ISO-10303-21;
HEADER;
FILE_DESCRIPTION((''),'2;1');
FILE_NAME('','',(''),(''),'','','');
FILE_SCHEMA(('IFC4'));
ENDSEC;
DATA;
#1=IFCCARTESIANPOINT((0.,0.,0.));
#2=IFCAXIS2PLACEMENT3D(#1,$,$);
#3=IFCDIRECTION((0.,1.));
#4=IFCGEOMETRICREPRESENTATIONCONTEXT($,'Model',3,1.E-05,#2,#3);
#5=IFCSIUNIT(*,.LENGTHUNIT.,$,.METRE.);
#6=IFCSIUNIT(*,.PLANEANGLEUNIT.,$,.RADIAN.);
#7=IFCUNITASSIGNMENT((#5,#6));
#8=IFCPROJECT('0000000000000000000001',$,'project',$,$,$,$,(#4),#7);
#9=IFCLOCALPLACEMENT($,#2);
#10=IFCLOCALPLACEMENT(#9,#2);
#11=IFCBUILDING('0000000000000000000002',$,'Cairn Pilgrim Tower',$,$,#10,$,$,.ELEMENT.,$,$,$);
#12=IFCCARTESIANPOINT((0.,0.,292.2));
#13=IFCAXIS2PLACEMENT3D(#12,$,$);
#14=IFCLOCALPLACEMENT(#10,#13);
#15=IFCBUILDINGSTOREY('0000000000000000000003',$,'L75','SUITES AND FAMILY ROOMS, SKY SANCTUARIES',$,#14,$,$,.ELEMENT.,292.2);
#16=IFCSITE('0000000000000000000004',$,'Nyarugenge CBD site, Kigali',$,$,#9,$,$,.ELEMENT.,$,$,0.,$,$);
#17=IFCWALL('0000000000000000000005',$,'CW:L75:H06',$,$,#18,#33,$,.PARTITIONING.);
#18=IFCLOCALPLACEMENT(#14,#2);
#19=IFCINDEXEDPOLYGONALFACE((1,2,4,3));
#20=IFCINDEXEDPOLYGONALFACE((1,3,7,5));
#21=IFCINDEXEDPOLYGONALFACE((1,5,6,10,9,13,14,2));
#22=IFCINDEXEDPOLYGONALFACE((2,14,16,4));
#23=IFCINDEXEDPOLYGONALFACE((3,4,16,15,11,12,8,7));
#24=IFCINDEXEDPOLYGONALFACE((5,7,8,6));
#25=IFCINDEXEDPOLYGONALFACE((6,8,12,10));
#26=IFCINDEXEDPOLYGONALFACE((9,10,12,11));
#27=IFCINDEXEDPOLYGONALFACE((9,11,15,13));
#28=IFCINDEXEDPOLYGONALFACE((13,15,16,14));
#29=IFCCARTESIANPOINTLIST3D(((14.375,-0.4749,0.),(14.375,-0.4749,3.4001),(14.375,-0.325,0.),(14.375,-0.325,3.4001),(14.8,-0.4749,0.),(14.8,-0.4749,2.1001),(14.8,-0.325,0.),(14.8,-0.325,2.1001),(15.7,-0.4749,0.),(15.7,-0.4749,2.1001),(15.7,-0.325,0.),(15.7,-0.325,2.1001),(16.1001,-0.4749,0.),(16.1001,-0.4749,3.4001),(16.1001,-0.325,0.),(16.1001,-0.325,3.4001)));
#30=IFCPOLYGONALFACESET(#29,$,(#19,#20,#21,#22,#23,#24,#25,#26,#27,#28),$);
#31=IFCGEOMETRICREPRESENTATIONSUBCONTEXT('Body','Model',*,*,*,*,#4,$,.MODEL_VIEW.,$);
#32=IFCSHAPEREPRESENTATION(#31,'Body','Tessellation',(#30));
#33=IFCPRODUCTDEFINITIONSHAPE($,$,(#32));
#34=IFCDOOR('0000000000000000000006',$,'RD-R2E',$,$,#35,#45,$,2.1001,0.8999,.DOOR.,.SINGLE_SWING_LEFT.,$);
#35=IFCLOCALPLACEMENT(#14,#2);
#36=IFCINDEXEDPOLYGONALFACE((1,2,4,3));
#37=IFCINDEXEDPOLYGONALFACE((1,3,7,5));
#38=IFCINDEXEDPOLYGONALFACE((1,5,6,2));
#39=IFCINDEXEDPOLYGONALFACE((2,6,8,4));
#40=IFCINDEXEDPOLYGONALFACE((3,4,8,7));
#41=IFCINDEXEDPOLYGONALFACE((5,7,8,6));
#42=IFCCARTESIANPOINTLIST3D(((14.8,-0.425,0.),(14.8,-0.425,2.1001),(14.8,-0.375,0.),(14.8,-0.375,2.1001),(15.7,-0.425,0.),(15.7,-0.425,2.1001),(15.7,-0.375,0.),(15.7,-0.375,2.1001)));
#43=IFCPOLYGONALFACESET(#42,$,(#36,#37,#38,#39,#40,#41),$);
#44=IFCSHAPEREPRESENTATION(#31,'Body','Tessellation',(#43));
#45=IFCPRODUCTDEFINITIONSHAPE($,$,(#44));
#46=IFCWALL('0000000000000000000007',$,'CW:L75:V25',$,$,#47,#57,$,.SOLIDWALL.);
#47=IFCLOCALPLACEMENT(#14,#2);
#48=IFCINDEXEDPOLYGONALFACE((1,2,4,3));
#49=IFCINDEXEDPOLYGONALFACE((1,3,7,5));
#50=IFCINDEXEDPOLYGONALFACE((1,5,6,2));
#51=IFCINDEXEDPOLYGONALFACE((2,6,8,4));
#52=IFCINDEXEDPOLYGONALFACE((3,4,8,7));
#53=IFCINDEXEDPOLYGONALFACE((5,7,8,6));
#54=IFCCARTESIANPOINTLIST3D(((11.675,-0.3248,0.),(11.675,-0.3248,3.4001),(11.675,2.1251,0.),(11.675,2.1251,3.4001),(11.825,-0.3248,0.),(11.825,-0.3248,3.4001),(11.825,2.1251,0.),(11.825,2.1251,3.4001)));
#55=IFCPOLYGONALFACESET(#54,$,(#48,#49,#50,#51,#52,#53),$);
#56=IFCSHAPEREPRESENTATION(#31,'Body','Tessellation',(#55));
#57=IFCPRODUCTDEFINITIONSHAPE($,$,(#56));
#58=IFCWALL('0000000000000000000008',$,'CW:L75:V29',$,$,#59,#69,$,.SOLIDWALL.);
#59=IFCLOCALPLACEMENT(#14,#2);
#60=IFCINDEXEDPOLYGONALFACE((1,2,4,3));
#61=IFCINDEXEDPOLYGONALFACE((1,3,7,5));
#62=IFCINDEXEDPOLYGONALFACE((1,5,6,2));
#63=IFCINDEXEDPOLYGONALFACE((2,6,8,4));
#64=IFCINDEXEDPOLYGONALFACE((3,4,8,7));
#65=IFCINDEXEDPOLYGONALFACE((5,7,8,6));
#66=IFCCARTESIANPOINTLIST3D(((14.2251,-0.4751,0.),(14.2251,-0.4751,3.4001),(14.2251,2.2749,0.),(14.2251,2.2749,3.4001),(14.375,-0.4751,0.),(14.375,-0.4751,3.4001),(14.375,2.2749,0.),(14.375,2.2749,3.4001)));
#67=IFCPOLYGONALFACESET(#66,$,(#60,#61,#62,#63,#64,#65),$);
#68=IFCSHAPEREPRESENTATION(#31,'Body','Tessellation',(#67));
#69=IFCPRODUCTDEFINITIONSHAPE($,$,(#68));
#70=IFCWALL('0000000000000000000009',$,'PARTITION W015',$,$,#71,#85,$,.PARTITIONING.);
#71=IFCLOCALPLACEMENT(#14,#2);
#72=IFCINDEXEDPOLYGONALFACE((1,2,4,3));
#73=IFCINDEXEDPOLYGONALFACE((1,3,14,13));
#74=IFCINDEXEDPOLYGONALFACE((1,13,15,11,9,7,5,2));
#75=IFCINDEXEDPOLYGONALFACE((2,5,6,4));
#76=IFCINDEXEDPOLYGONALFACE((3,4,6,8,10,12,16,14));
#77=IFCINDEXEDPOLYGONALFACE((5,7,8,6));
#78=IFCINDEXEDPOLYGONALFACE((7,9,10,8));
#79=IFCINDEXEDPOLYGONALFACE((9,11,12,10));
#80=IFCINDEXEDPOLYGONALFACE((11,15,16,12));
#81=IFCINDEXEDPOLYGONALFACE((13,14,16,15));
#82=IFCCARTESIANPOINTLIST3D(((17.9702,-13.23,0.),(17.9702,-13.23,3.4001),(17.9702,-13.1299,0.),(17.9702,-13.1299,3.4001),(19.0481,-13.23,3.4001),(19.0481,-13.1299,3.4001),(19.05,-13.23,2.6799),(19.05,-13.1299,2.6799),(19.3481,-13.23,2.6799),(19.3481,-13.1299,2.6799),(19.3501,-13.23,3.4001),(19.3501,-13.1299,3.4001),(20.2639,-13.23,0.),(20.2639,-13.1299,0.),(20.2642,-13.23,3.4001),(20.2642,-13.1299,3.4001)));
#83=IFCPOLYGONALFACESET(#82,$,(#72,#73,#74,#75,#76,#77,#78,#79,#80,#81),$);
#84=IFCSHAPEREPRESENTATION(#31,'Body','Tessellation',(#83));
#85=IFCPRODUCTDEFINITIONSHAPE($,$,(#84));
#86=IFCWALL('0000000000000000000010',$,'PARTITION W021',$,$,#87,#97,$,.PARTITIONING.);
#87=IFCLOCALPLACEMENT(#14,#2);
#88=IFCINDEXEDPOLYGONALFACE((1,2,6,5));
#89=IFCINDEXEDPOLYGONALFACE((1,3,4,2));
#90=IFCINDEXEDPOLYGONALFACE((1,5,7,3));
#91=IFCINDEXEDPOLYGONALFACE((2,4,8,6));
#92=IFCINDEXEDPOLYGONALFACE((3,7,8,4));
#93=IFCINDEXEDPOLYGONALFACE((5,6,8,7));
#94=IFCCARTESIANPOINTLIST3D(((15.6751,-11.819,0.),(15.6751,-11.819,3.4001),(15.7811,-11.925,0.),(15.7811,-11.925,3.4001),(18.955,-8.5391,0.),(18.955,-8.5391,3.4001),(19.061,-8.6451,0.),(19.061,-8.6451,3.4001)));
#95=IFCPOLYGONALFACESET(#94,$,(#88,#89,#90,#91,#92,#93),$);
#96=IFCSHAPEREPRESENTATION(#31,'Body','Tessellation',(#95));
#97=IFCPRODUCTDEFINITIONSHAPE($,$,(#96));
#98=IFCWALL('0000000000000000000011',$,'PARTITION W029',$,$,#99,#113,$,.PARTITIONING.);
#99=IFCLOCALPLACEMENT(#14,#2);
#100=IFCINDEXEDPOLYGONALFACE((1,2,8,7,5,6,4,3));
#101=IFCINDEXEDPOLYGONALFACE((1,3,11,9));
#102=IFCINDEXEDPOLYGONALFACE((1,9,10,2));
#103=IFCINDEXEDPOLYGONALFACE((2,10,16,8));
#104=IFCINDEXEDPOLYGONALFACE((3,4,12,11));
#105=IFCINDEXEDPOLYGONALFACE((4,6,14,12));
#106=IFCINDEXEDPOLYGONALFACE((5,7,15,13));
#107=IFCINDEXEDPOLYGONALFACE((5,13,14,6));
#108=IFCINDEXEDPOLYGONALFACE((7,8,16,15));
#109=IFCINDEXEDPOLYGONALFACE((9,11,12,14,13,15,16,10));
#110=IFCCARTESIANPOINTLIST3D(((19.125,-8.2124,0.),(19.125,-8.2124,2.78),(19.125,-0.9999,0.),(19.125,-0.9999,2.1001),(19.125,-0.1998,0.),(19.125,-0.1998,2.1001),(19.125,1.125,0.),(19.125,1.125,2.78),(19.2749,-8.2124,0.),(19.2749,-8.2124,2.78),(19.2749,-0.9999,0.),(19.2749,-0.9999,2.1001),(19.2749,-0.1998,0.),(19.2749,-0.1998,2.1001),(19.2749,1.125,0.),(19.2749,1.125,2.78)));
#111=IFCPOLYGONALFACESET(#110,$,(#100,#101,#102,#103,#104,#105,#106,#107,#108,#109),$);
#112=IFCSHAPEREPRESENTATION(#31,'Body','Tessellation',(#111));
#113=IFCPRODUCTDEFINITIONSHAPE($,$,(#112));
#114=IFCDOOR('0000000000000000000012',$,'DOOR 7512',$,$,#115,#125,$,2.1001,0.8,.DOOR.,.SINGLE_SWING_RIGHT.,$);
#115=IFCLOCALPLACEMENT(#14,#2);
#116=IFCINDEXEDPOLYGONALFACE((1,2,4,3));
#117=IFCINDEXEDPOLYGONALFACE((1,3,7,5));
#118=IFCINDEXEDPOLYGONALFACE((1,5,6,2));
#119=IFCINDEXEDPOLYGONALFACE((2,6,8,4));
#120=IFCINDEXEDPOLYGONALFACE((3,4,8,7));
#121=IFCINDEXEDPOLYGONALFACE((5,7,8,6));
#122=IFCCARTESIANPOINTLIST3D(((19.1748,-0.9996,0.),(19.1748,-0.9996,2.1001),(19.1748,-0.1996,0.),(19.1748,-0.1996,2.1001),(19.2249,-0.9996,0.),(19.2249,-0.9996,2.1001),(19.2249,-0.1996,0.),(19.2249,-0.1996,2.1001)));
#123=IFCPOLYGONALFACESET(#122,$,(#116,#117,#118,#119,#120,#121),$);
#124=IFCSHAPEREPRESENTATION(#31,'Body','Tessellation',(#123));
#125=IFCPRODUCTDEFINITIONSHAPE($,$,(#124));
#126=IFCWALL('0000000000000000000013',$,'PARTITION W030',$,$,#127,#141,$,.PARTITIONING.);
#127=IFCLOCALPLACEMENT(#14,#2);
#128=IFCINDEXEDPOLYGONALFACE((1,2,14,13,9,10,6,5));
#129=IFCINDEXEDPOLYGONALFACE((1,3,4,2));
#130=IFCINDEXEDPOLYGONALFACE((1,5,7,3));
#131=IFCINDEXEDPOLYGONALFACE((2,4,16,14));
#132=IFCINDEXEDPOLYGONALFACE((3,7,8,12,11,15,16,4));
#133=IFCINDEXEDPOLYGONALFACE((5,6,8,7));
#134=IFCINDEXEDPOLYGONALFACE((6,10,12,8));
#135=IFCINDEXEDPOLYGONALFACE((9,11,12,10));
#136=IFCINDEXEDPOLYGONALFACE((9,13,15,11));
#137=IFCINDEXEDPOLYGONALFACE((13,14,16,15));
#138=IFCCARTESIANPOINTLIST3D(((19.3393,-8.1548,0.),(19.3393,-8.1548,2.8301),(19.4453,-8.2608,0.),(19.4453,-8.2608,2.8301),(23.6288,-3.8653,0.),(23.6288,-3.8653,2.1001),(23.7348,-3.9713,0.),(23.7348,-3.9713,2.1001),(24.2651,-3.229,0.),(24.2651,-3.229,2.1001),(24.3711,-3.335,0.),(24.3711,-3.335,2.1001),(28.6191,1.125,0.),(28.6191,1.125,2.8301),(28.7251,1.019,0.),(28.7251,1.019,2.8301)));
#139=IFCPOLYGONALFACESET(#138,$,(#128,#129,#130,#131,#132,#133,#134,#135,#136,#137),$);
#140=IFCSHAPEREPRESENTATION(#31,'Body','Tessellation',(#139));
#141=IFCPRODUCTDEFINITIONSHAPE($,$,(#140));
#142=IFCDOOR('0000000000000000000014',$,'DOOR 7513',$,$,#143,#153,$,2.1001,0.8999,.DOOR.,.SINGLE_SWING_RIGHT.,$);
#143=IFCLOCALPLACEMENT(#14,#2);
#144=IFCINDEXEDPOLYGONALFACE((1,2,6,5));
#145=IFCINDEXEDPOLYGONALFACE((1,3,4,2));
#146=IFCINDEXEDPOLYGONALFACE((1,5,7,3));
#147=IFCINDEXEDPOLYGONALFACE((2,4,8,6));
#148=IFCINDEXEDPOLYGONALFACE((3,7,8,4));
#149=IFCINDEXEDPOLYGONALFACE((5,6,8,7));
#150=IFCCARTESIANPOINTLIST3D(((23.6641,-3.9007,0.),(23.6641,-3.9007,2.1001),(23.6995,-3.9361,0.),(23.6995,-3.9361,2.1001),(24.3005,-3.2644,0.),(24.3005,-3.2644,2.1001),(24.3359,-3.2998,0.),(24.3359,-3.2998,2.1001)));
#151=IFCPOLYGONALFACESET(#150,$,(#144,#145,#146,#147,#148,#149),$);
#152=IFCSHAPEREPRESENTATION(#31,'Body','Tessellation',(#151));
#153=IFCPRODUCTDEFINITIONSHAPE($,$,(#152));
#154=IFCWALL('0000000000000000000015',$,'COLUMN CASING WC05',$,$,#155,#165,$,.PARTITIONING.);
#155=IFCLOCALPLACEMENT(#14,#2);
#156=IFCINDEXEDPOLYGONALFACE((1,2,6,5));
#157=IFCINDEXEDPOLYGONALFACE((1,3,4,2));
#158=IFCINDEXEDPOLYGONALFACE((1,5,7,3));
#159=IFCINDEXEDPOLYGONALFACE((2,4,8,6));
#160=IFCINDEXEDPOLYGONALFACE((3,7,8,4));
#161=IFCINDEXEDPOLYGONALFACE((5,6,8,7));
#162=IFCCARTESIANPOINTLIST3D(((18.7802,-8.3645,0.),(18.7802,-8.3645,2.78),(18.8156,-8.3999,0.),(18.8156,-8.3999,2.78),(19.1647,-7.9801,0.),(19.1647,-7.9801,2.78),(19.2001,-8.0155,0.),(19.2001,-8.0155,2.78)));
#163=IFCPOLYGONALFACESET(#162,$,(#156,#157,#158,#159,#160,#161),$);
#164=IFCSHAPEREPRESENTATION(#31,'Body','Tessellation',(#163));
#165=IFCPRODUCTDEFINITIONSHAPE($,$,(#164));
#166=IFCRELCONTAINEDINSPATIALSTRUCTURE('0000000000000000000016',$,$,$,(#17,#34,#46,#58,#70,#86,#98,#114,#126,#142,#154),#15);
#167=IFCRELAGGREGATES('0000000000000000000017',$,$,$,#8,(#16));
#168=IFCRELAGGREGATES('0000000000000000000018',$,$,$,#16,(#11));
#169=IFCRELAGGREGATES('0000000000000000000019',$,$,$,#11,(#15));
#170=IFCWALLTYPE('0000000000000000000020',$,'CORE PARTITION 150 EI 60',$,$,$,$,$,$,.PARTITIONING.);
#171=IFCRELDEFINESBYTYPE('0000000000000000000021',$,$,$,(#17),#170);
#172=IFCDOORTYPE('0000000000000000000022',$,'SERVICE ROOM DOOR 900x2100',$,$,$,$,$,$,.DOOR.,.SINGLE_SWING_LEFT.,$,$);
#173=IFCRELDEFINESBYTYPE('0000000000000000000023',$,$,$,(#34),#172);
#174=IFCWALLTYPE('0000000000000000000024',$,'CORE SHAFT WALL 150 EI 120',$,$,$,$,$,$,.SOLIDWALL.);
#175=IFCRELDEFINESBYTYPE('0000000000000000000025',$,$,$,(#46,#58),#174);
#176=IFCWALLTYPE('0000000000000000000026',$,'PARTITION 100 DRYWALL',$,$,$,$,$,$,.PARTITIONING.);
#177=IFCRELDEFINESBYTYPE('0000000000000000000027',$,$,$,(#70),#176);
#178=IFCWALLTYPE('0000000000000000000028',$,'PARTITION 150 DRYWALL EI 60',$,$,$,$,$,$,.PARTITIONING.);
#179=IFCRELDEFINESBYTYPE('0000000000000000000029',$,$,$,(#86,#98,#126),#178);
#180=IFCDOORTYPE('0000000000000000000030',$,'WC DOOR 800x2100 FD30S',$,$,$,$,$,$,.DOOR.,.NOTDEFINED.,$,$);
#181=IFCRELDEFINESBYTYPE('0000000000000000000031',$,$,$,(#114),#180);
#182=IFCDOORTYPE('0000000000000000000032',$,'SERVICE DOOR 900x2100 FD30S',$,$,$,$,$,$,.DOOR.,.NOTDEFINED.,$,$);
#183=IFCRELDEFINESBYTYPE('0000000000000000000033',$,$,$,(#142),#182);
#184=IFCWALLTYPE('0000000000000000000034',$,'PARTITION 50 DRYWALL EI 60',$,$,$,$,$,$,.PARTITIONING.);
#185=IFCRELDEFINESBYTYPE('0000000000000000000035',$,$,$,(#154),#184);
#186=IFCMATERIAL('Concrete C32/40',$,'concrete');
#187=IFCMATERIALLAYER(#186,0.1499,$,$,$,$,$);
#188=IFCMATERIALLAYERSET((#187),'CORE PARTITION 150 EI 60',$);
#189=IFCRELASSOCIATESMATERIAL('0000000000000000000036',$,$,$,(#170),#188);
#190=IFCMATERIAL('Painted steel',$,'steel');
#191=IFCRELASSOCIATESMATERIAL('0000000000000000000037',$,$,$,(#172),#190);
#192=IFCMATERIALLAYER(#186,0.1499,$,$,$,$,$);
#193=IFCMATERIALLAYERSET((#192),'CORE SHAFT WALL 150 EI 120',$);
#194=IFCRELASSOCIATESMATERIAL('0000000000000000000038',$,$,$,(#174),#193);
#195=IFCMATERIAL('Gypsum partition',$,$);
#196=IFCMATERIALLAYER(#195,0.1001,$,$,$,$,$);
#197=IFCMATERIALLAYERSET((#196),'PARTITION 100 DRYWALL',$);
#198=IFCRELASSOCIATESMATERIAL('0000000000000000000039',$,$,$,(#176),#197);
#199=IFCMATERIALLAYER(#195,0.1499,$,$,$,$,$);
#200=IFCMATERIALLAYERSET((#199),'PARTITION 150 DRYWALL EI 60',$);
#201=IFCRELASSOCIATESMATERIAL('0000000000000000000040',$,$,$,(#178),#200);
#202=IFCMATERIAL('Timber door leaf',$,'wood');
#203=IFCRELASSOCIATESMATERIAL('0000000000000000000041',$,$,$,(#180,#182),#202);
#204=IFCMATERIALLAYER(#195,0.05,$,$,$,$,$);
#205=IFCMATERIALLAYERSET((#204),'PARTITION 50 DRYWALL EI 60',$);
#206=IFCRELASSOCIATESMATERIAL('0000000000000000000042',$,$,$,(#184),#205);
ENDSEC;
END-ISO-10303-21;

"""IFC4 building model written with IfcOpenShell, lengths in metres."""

from ifc_helpers import new_model, si_unit, direction, frame, frame_2d, origin, place, context, subcontext, project, spatial, polyline, rectangle, outline, extrude, material, layer, layer_set, type_object, element, fill, save


model = new_model("IFC4")

# Units and contexts
model_context = context("Model", 3, precision=1e-05, world=origin(), true_north=direction((0.0, 1.0)))
body_context = subcontext(model_context, "Body", "Model", "MODEL_VIEW")
ifc_project = project(units=[si_unit("LENGTHUNIT", "METRE"), si_unit("PLANEANGLEUNIT", "RADIAN")], contexts=[model_context])

# Site, building, storey
site_placement = place(None, origin())
site = spatial("IfcSite", under=ifc_project, at=site_placement, Name="Nyarugenge CBD site, Kigali", CompositionType="ELEMENT", RefElevation=0.0)
building_placement = place(site_placement, origin())
building = spatial("IfcBuilding", under=site, at=building_placement, Name="Cairn Pilgrim Tower", CompositionType="ELEMENT")
storey_placement = place(building_placement, frame((0.0, 0.0, 292.2)))
storey = spatial("IfcBuildingStorey", under=building, at=storey_placement, Name="L75", Description="SUITES AND FAMILY ROOMS, SKY SANCTUARIES", CompositionType="ELEMENT", Elevation=292.2)

# Shared definitions
ifc_material_1 = material(Name="Concrete C32/40", Category="concrete")

# Shared definitions
ifc_material_2 = material(Name="Painted steel", Category="steel")

# Wall, opening, door
ifc_layer_1 = layer(ifc_material_1, 0.1499)
ifc_layer_set_1 = layer_set([ifc_layer_1], Name="CORE PARTITION 150 EI 60")
wall_type_1 = type_object("IfcWallType", Name="CORE PARTITION 150 EI 60", PredefinedType="PARTITIONING", material=ifc_layer_set_1)
wall_1_placement = place(storey_placement, frame((14.375, -0.3999, 0.0), z_axis=(0.0, 0.0, 1.0), x_axis=(1.0, 0.0, 0.0)))
wall_1 = element("IfcWall", 1, at=wall_1_placement, inside=storey, type_object=wall_type_1, Name="CW:L75:H06", PredefinedType="PARTITIONING", context=body_context, shape_type="SweptSolid", body=[
    extrude(rectangle(XDim=1.7251, YDim=0.1499, at=frame_2d((0.8625, 0.0))), origin(), (0.0, 0.0, 1.0), 3.4001),
])
opening_1_placement = place(wall_1_placement, frame((0.425, 0.0, 0.0)))
opening_1 = element("IfcOpeningElement", 2, at=opening_1_placement, cuts=wall_1, PredefinedType="OPENING", context=body_context, shape_type="SweptSolid", body=[
    extrude(rectangle(XDim=0.8999, YDim=2.1001, at=frame_2d((0.45, 1.05))), frame((0.0, 0.085, 0.0), z_axis=(0.0, -1.0, 0.0), x_axis=(1.0, 0.0, 0.0)), (0.0, 0.0, 1.0), 0.1699),
])
door_type_1 = type_object("IfcDoorType", Name="SERVICE ROOM DOOR 900x2100", OperationType="SINGLE_SWING_LEFT", PredefinedType="DOOR", material=ifc_material_2)
door_1_placement = place(opening_1_placement, origin())
door_1 = element("IfcDoor", 3, at=door_1_placement, inside=storey, type_object=door_type_1, Name="RD-R2E", OperationType="SINGLE_SWING_LEFT", OverallHeight=2.1001, OverallWidth=0.8999, PredefinedType="DOOR", context=body_context, shape_type="SweptSolid", body=[
    extrude(rectangle(XDim=0.8999, YDim=2.1001, at=frame_2d((0.45, 1.05))), frame((0.0, 0.0249, 0.0), z_axis=(0.0, -1.0, 0.0), x_axis=(1.0, 0.0, 0.0)), (0.0, 0.0, 1.0), 0.05),
])
fill(opening_1, door_1)

# Walls
ifc_layer_2 = layer(ifc_material_1, 0.1499)
ifc_layer_set_2 = layer_set([ifc_layer_2], Name="CORE SHAFT WALL 150 EI 120")
wall_type_2 = type_object("IfcWallType", Name="CORE SHAFT WALL 150 EI 120", PredefinedType="SOLIDWALL", material=ifc_layer_set_2)
wall_2_placement = place(storey_placement, frame((11.75, -0.325, 0.0), z_axis=(0.0, 0.0, 1.0), x_axis=(0.0, 1.0, 0.0)))
element("IfcWall", 4, at=wall_2_placement, inside=storey, type_object=wall_type_2, Name="CW:L75:V25", PredefinedType="SOLIDWALL", context=body_context, shape_type="SweptSolid", body=[
    extrude(rectangle(XDim=2.45, YDim=0.1499, at=frame_2d((1.2251, 0.0))), origin(), (0.0, 0.0, 1.0), 3.4001),
])
wall_3_placement = place(storey_placement, frame((14.3, -0.4751, 0.0), z_axis=(0.0, 0.0, 1.0), x_axis=(0.0, 1.0, 0.0)))
element("IfcWall", 5, at=wall_3_placement, inside=storey, type_object=wall_type_2, Name="CW:L75:V29", PredefinedType="SOLIDWALL", context=body_context, shape_type="SweptSolid", body=[
    extrude(rectangle(XDim=2.75, YDim=0.1499, at=frame_2d((1.375, 0.0))), origin(), (0.0, 0.0, 1.0), 3.4001),
])
ifc_material_3 = material(Name="Gypsum partition")
ifc_layer_3 = layer(ifc_material_3, 0.1001)
ifc_layer_set_3 = layer_set([ifc_layer_3], Name="PARTITION 100 DRYWALL")
wall_type_3 = type_object("IfcWallType", Name="PARTITION 100 DRYWALL", PredefinedType="PARTITIONING", material=ifc_layer_set_3)
wall_4_placement = place(storey_placement, frame((17.9702, -13.1799, 0.0), z_axis=(0.0, 0.0, 1.0), x_axis=(1.0, 0.0, 0.0)))
element("IfcWall", 6, at=wall_4_placement, inside=storey, type_object=wall_type_3, Name="PARTITION W015", PredefinedType="PARTITIONING", context=body_context, shape_type="SweptSolid", body=[
    extrude(outline(polyline([(0.0, 0.0), (2.2937, 0.0), (2.2939, 3.4001), (1.3799, 3.4001), (1.3779, 2.6799), (1.0798, 2.6799), (1.0779, 3.4001), (0.0, 3.4001), (0.0, 0.0)])), frame((0.0, 0.05, 0.0), z_axis=(0.0, -1.0, 0.0), x_axis=(1.0, 0.0, 0.0)), (0.0, 0.0, 1.0), 0.1001),
])
ifc_layer_4 = layer(ifc_material_3, 0.1499)
ifc_layer_set_4 = layer_set([ifc_layer_4], Name="PARTITION 150 DRYWALL EI 60")
wall_type_4 = type_object("IfcWallType", Name="PARTITION 150 DRYWALL EI 60", PredefinedType="PARTITIONING", material=ifc_layer_set_4)
wall_5_placement = place(storey_placement, frame((15.728, -11.8721, 0.0), z_axis=(0.0, 0.0, 1.0), x_axis=(0.707107, 0.707107, 0.0)))
element("IfcWall", 7, at=wall_5_placement, inside=storey, type_object=wall_type_4, Name="PARTITION W021", PredefinedType="PARTITIONING", context=body_context, shape_type="SweptSolid", body=[
    extrude(rectangle(XDim=4.6384, YDim=0.1499, at=frame_2d((2.3193, 0.0))), origin(), (0.0, 0.0, 1.0), 3.4001),
])

# Walls, openings, doors
wall_6_placement = place(storey_placement, frame((19.2, -8.2124, 0.0), z_axis=(0.0, 0.0, 1.0), x_axis=(0.0, 1.0, 0.0)))
wall_6 = element("IfcWall", 8, at=wall_6_placement, inside=storey, type_object=wall_type_4, Name="PARTITION W029", PredefinedType="PARTITIONING", context=body_context, shape_type="SweptSolid", body=[
    extrude(rectangle(XDim=9.3374, YDim=0.1499, at=frame_2d((4.6687, 0.0))), origin(), (0.0, 0.0, 1.0), 2.78),
])
opening_2_placement = place(wall_6_placement, frame((7.2126, 0.0, 0.0)))
opening_2 = element("IfcOpeningElement", 9, at=opening_2_placement, cuts=wall_6, PredefinedType="OPENING", context=body_context, shape_type="SweptSolid", body=[
    extrude(rectangle(XDim=0.8, YDim=2.1001, at=frame_2d((0.3999, 1.05))), frame((0.0, 0.085, 0.0), z_axis=(0.0, -1.0, 0.0), x_axis=(1.0, 0.0, 0.0)), (0.0, 0.0, 1.0), 0.1699),
])
ifc_material_4 = material(Name="Timber door leaf", Category="wood")
door_type_2 = type_object("IfcDoorType", Name="WC DOOR 800x2100 FD30S", OperationType="NOTDEFINED", PredefinedType="DOOR", material=ifc_material_4)
door_2_placement = place(opening_2_placement, frame((0.8, 0.0, 0.0), z_axis=(0.0, 0.0, 1.0), x_axis=(-1.0, 0.0, 0.0)))
door_2 = element("IfcDoor", 10, at=door_2_placement, inside=storey, type_object=door_type_2, Name="DOOR 7512", OperationType="SINGLE_SWING_RIGHT", OverallHeight=2.1001, OverallWidth=0.8, PredefinedType="DOOR", context=body_context, shape_type="SweptSolid", body=[
    extrude(rectangle(XDim=0.8, YDim=2.1001, at=frame_2d((0.3999, 1.05))), frame((0.0, 0.0249, 0.0), z_axis=(0.0, -1.0, 0.0), x_axis=(1.0, 0.0, 0.0)), (0.0, 0.0, 1.0), 0.05),
])
fill(opening_2, door_2)
wall_7_placement = place(storey_placement, frame((19.3923, -8.2078, 0.0), z_axis=(0.0, 0.0, 1.0), x_axis=(0.707107, 0.707107, 0.0)))
wall_7 = element("IfcWall", 11, at=wall_7_placement, inside=storey, type_object=wall_type_4, Name="PARTITION W030", PredefinedType="PARTITIONING", context=body_context, shape_type="SweptSolid", body=[
    extrude(rectangle(XDim=13.1235, YDim=0.1499, at=frame_2d((6.5618, 0.0))), origin(), (0.0, 0.0, 1.0), 2.8301),
])
opening_3_placement = place(wall_7_placement, frame((6.0662, 0.0, 0.0)))
opening_3 = element("IfcOpeningElement", 12, at=opening_3_placement, cuts=wall_7, PredefinedType="OPENING", context=body_context, shape_type="SweptSolid", body=[
    extrude(rectangle(XDim=0.8999, YDim=2.1001, at=frame_2d((0.45, 1.05))), frame((0.0, 0.085, 0.0), z_axis=(0.0, -1.0, 0.0), x_axis=(1.0, 0.0, 0.0)), (0.0, 0.0, 1.0), 0.1699),
])
door_type_3 = type_object("IfcDoorType", Name="SERVICE DOOR 900x2100 FD30S", OperationType="NOTDEFINED", PredefinedType="DOOR", material=ifc_material_4)
door_3_placement = place(opening_3_placement, origin())
door_3 = element("IfcDoor", 13, at=door_3_placement, inside=storey, type_object=door_type_3, Name="DOOR 7513", OperationType="SINGLE_SWING_RIGHT", OverallHeight=2.1001, OverallWidth=0.8999, PredefinedType="DOOR", context=body_context, shape_type="SweptSolid", body=[
    extrude(rectangle(XDim=0.8999, YDim=2.1001, at=frame_2d((0.45, 1.05))), frame((0.0, 0.0249, 0.0), z_axis=(0.0, -1.0, 0.0), x_axis=(1.0, 0.0, 0.0)), (0.0, 0.0, 1.0), 0.05),
])
fill(opening_3, door_3)

# Wall
ifc_layer_5 = layer(ifc_material_3, 0.05)
ifc_layer_set_5 = layer_set([ifc_layer_5], Name="PARTITION 50 DRYWALL EI 60")
wall_type_5 = type_object("IfcWallType", Name="PARTITION 50 DRYWALL EI 60", PredefinedType="PARTITIONING", material=ifc_layer_set_5)
wall_8_placement = place(storey_placement, frame((18.7979, -8.3823, 0.0), z_axis=(0.0, 0.0, 1.0), x_axis=(0.707107, 0.707107, 0.0)))
element("IfcWall", 14, at=wall_8_placement, inside=storey, type_object=wall_type_5, Name="COLUMN CASING WC05", PredefinedType="PARTITIONING", context=body_context, shape_type="SweptSolid", body=[
    extrude(rectangle(XDim=0.5437, YDim=0.05, at=frame_2d((0.272, 0.0))), origin(), (0.0, 0.0, 1.0), 2.78),
])

save(model, "model.ifc")
